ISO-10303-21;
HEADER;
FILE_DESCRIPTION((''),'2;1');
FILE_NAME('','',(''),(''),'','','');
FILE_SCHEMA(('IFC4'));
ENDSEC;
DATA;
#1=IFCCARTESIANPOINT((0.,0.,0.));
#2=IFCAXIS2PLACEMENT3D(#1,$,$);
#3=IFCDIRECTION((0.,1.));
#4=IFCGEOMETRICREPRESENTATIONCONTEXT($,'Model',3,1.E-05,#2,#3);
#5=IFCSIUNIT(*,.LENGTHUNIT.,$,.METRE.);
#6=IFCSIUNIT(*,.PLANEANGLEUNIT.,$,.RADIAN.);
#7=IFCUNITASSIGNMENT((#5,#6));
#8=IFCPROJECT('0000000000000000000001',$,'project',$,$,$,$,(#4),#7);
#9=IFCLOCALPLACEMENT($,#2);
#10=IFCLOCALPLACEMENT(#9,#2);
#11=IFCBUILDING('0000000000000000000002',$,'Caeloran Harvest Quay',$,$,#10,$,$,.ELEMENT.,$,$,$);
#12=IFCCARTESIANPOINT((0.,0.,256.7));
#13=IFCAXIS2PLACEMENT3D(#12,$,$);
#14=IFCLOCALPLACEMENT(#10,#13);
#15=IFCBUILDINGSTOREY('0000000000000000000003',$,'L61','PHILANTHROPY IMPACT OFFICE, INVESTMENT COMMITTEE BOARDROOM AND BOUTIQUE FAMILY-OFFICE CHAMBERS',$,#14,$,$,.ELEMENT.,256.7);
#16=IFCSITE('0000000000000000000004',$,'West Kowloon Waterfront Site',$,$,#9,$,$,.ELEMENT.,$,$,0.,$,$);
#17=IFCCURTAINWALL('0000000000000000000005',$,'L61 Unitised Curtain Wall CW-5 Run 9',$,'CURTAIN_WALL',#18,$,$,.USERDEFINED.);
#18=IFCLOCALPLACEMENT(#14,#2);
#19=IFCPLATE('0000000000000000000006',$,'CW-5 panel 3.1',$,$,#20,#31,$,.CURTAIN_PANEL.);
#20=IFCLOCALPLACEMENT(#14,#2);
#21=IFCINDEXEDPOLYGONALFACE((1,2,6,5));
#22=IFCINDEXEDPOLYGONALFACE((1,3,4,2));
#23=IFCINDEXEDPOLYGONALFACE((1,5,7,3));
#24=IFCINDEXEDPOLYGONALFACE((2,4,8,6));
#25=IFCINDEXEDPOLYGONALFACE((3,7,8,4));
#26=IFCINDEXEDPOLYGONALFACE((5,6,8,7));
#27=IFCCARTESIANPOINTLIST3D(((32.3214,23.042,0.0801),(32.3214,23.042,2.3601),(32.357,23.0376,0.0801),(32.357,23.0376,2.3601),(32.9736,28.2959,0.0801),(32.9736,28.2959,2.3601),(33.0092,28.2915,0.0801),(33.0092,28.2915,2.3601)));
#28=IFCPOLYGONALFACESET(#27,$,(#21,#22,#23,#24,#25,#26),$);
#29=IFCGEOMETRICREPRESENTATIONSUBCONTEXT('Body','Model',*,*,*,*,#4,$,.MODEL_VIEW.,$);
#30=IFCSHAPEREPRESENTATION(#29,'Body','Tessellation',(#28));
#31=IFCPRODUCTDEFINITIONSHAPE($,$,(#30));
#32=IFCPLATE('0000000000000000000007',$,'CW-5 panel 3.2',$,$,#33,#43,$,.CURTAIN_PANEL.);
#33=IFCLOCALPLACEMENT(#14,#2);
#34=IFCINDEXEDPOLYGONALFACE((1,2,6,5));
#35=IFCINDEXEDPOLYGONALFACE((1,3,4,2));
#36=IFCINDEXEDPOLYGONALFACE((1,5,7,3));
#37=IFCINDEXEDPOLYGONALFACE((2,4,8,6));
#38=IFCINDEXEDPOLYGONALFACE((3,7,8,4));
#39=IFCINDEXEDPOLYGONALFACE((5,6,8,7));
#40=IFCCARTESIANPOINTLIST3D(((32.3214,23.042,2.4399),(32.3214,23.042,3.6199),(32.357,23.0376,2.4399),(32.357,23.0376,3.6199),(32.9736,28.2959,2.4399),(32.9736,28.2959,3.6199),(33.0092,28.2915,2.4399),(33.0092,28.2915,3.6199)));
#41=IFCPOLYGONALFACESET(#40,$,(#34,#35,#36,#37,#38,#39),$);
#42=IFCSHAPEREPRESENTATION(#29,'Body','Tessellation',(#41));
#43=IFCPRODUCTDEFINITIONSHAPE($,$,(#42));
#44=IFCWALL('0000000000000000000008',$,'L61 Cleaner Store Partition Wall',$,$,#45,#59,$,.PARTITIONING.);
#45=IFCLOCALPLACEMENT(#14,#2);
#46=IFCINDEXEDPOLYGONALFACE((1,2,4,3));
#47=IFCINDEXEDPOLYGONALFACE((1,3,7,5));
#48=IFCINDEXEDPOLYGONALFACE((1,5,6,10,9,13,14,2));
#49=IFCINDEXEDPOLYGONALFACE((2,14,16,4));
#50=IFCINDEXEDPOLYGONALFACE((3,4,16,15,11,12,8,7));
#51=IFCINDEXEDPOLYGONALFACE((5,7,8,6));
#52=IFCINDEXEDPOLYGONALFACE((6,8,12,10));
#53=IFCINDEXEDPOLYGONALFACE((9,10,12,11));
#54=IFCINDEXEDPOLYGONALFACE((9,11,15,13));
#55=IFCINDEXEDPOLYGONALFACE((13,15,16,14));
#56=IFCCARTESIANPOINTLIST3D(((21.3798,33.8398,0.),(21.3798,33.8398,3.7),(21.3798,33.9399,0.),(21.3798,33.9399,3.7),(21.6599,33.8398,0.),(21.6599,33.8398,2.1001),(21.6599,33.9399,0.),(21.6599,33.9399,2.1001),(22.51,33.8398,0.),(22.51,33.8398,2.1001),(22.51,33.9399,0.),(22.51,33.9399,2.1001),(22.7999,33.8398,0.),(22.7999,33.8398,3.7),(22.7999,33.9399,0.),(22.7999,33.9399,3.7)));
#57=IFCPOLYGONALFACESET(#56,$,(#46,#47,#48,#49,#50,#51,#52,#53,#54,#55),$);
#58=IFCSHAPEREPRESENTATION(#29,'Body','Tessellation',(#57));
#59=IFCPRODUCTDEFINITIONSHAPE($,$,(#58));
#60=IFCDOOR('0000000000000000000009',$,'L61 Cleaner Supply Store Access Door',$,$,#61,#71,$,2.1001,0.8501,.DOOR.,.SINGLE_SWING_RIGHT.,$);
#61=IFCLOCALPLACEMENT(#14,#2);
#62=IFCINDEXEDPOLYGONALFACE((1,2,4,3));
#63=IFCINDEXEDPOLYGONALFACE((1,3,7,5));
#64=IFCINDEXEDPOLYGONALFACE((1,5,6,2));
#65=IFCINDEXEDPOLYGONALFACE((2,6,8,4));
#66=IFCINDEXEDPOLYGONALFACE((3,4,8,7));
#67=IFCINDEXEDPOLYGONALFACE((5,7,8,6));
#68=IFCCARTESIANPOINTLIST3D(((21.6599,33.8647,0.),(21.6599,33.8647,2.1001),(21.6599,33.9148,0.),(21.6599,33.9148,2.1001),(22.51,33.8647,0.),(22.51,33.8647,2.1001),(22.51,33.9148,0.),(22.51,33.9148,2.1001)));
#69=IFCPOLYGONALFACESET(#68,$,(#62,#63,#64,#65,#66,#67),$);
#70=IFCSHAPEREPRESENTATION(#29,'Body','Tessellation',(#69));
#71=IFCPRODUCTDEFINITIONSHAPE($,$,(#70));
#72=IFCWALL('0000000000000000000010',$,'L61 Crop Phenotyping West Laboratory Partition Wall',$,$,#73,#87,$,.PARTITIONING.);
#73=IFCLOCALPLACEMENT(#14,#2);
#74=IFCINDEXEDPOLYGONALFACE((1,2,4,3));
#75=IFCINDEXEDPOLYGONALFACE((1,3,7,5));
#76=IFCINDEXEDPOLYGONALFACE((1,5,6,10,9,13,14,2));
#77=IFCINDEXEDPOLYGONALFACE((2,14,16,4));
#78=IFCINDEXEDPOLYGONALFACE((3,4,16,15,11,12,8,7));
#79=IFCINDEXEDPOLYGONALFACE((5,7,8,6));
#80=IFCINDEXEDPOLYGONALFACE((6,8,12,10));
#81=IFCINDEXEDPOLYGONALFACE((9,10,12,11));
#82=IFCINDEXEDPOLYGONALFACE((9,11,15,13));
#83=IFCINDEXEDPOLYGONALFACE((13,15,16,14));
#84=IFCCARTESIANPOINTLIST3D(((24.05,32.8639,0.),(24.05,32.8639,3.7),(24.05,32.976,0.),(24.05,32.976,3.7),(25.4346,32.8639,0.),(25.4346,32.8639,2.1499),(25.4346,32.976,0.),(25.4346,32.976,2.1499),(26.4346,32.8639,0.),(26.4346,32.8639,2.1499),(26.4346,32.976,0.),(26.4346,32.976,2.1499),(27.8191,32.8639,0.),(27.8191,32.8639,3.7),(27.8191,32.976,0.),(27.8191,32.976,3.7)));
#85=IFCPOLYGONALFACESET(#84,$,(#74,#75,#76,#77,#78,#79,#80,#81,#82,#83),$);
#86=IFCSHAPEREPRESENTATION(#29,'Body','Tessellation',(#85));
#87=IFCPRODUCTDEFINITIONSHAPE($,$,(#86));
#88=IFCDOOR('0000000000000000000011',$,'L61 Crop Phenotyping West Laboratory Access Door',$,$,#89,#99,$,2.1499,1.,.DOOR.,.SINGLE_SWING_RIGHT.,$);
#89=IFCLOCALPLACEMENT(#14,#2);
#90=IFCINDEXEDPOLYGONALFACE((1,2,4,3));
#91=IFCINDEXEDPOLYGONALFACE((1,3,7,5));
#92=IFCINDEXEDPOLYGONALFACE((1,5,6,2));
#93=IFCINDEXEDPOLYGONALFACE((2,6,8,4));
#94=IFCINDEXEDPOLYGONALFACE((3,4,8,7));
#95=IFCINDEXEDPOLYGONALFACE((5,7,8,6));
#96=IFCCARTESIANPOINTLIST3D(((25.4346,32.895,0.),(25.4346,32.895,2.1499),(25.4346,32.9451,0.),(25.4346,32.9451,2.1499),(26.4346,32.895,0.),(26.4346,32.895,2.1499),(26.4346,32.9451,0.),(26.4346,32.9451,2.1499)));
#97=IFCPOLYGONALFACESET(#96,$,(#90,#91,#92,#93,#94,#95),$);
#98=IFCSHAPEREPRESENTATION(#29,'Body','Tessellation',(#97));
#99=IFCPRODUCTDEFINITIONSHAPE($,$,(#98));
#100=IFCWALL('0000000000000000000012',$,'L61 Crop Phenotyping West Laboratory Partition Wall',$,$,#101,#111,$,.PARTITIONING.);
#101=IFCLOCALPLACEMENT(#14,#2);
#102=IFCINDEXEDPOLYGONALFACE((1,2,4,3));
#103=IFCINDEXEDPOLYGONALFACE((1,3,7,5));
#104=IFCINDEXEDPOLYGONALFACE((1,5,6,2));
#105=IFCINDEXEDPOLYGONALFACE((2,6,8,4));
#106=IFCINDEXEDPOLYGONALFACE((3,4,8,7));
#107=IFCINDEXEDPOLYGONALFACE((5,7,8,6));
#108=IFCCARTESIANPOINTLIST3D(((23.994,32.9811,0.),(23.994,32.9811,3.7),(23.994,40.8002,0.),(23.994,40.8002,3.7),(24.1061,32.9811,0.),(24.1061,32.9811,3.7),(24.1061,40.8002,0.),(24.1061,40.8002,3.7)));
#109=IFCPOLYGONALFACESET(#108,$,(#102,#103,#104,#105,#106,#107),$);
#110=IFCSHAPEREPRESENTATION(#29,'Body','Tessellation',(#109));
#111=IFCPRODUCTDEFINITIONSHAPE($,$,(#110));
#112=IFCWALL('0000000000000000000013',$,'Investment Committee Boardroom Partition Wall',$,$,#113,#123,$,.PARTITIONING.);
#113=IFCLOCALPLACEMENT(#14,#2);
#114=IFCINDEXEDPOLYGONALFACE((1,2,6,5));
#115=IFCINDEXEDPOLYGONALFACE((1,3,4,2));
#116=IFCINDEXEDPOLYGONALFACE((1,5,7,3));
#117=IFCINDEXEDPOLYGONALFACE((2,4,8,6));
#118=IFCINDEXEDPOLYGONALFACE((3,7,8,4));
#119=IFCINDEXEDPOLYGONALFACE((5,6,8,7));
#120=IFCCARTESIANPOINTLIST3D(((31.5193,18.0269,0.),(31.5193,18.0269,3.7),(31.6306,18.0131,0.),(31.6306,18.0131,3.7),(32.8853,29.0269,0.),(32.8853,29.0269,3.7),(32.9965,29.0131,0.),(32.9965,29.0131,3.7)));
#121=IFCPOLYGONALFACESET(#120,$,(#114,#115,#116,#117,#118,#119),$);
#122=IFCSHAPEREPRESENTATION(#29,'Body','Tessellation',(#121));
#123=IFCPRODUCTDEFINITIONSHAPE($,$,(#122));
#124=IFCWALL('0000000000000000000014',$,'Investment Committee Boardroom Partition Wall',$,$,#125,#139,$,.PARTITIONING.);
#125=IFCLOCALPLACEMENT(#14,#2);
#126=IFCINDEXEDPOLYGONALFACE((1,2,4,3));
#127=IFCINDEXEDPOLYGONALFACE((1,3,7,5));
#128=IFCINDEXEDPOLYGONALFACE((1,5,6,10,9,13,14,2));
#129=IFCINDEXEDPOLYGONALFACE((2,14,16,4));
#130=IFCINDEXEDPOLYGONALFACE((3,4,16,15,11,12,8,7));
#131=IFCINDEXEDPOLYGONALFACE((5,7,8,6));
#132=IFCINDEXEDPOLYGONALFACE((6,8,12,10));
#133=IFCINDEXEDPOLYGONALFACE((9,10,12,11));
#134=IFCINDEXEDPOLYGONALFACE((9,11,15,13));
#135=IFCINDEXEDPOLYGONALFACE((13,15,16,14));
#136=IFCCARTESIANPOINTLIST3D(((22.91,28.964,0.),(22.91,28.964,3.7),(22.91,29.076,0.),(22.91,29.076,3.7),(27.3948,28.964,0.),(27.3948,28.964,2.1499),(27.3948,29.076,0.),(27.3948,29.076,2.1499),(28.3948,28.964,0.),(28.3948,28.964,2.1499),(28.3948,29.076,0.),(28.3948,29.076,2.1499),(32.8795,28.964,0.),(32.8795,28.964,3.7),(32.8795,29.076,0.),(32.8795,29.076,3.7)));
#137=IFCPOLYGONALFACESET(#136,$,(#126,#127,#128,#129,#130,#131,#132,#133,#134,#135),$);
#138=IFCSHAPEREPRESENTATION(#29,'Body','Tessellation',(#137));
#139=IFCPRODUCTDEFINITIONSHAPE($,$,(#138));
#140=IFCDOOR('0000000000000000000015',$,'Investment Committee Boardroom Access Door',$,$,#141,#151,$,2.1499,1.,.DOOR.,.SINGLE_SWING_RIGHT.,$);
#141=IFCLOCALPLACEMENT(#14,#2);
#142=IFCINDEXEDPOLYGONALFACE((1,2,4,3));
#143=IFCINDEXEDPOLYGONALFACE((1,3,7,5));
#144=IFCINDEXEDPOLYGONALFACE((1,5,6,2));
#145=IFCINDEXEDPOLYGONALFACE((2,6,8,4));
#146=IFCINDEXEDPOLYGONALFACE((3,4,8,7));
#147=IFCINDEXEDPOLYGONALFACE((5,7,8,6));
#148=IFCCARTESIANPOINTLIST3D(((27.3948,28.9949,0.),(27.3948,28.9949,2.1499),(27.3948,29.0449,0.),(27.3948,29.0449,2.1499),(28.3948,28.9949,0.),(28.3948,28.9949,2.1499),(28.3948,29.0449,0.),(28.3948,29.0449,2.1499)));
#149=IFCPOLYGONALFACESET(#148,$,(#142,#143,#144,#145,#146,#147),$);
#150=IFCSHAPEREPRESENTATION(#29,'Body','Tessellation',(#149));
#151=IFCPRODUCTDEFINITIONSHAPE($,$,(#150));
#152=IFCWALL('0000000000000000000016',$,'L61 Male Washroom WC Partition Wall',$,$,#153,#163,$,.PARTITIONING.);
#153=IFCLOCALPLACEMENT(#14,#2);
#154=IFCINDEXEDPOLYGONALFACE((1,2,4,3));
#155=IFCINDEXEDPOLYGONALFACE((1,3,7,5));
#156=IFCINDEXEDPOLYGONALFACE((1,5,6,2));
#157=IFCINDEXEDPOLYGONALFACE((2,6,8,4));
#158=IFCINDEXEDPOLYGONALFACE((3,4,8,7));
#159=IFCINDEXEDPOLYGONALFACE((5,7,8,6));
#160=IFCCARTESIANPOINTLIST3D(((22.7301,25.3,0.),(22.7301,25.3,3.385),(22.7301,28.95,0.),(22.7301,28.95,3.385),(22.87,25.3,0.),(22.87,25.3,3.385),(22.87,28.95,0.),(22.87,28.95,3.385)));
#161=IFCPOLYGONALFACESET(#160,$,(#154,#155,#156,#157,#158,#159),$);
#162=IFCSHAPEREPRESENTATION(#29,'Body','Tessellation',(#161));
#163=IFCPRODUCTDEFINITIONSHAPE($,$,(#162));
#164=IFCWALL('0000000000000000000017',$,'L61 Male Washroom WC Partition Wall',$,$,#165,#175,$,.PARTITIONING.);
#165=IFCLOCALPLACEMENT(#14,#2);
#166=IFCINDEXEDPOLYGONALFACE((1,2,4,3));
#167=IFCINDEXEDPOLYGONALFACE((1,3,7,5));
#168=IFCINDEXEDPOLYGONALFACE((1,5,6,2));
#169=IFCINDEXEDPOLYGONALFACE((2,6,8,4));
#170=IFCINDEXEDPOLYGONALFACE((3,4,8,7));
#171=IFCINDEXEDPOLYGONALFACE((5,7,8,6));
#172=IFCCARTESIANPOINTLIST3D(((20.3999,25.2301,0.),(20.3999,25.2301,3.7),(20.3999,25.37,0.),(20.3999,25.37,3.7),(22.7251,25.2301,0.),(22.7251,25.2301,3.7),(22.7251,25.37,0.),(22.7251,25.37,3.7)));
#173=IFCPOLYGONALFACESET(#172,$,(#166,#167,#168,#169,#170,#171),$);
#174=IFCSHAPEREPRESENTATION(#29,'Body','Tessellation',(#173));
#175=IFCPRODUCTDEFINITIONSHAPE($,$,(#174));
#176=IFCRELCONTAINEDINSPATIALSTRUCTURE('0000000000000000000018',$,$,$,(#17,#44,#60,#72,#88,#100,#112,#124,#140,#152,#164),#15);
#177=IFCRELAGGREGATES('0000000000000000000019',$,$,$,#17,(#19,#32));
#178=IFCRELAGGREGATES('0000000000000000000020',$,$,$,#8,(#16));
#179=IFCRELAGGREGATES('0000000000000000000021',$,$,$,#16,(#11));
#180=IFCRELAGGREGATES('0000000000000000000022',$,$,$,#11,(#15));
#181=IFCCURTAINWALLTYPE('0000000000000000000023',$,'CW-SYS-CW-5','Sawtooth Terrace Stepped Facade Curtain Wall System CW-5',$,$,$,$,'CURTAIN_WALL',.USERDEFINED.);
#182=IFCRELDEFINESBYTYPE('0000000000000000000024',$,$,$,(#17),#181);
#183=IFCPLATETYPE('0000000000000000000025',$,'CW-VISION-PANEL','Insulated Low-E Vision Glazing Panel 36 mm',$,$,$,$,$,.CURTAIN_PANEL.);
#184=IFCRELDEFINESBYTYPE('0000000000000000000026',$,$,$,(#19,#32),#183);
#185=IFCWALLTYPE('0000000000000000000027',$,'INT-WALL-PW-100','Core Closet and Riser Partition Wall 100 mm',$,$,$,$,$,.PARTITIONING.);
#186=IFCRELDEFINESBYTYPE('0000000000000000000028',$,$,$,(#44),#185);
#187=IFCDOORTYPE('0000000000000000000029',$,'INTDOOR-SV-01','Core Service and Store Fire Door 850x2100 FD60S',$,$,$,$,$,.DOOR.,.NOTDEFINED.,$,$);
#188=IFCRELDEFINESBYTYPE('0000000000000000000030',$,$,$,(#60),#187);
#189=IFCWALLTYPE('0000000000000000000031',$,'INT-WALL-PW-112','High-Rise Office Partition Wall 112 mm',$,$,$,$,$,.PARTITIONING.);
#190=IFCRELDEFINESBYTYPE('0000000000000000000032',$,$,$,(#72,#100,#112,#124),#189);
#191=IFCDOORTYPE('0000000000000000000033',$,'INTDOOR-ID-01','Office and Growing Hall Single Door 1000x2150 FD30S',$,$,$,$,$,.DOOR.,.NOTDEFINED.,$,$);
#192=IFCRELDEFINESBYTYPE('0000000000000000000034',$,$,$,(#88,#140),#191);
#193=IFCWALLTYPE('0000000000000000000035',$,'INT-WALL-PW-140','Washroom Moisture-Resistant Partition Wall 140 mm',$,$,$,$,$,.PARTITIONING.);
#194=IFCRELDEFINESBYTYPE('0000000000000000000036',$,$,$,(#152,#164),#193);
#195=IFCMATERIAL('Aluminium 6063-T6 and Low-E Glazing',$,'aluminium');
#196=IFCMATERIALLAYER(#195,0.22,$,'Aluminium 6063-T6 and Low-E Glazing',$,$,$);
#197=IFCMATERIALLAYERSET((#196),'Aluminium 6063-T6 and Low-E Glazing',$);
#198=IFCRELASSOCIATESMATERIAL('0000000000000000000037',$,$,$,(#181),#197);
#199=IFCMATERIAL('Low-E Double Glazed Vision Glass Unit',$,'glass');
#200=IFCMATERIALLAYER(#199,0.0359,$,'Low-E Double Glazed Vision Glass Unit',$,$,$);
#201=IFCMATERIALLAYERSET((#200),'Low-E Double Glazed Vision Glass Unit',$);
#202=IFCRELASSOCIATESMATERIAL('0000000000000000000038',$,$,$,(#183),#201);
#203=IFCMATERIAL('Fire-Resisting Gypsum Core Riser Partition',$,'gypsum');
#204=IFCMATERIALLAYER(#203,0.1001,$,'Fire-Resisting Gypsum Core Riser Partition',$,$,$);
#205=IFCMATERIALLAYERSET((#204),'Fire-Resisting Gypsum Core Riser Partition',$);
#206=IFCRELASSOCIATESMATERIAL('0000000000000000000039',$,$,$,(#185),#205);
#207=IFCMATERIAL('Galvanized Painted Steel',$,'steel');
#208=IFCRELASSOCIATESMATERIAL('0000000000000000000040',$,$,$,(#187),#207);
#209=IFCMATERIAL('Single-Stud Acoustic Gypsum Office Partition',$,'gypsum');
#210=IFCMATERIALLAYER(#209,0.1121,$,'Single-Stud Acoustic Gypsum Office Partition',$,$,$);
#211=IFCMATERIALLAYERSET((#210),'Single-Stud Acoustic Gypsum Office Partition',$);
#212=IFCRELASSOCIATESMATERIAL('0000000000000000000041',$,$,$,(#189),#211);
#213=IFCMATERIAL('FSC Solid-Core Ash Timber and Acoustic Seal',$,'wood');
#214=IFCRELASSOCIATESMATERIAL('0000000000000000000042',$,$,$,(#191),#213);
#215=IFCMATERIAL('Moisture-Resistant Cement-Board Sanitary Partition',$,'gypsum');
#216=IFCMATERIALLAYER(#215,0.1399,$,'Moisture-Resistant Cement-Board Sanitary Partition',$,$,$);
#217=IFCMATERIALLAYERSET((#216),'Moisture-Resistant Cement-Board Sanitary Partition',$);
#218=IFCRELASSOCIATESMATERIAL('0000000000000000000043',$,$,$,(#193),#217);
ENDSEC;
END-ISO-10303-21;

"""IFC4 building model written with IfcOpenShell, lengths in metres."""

from ifc_helpers import new_model, si_unit, direction, frame, frame_2d, origin, origin_2d, place, context, subcontext, project, spatial, rectangle, extrude, material, layer, layer_set, type_object, element, fill, aggregate, save


model = new_model("IFC4")

# Units and contexts
model_context = context("Model", 3, precision=1e-05, world=origin(), true_north=direction((0.0, 1.0)))
body_context = subcontext(model_context, "Body", "Model", "MODEL_VIEW")
ifc_project = project(units=[si_unit("LENGTHUNIT", "METRE"), si_unit("PLANEANGLEUNIT", "RADIAN")], contexts=[model_context])

# Site, building, storey
site_placement = place(None, origin())
site = spatial("IfcSite", under=ifc_project, at=site_placement, Name="West Kowloon Waterfront Site", CompositionType="ELEMENT", RefElevation=0.0)
building_placement = place(site_placement, origin())
building = spatial("IfcBuilding", under=site, at=building_placement, Name="Caeloran Harvest Quay", CompositionType="ELEMENT")
storey_placement = place(building_placement, frame((0.0, 0.0, 256.7)))
storey = spatial("IfcBuildingStorey", under=building, at=storey_placement, Name="L61", Description="PHILANTHROPY IMPACT OFFICE, INVESTMENT COMMITTEE BOARDROOM AND BOUTIQUE FAMILY-OFFICE CHAMBERS", CompositionType="ELEMENT", Elevation=256.7)

# Curtain wall, plates
ifc_material_1 = material(Name="Aluminium 6063-T6 and Low-E Glazing", Category="aluminium")
ifc_layer_1 = layer(ifc_material_1, 0.22, Name="Aluminium 6063-T6 and Low-E Glazing")
ifc_layer_set_1 = layer_set([ifc_layer_1], Name="Aluminium 6063-T6 and Low-E Glazing")
curtain_wall_type = type_object("IfcCurtainWallType", Name="CW-SYS-CW-5", Description="Sawtooth Terrace Stepped Facade Curtain Wall System CW-5", ElementType="CURTAIN_WALL", PredefinedType="USERDEFINED", material=ifc_layer_set_1)
curtain_wall_placement = place(storey_placement, origin())
curtain_wall = element("IfcCurtainWall", 1, at=curtain_wall_placement, inside=storey, type_object=curtain_wall_type, Name="L61 Unitised Curtain Wall CW-5 Run 9", ObjectType="CURTAIN_WALL", PredefinedType="USERDEFINED")
ifc_material_2 = material(Name="Low-E Double Glazed Vision Glass Unit", Category="glass")
ifc_layer_2 = layer(ifc_material_2, 0.0359, Name="Low-E Double Glazed Vision Glass Unit")
ifc_layer_set_2 = layer_set([ifc_layer_2], Name="Low-E Double Glazed Vision Glass Unit")
plate_type = type_object("IfcPlateType", Name="CW-VISION-PANEL", Description="Insulated Low-E Vision Glazing Panel 36 mm", PredefinedType="CURTAIN_PANEL", material=ifc_layer_set_2)
plate_1_placement = place(storey_placement, frame((32.6653, 25.6667, 0.0801), z_axis=(0.0, 0.0, 1.0), x_axis=(-0.12319, -0.992383, 0.0)))
plate_1 = element("IfcPlate", 2, at=plate_1_placement, type_object=plate_type, Name="CW-5 panel 3.1", PredefinedType="CURTAIN_PANEL", context=body_context, shape_type="SweptSolid", body=[
    extrude(rectangle(XDim=5.2942, YDim=0.0359, at=origin_2d()), origin(), (0.0, 0.0, 1.0), 2.28),
])
plate_2_placement = place(storey_placement, frame((32.6653, 25.6667, 2.4399), z_axis=(0.0, 0.0, 1.0), x_axis=(-0.12319, -0.992383, 0.0)))
plate_2 = element("IfcPlate", 3, at=plate_2_placement, type_object=plate_type, Name="CW-5 panel 3.2", PredefinedType="CURTAIN_PANEL", context=body_context, shape_type="SweptSolid", body=[
    extrude(rectangle(XDim=5.2942, YDim=0.0359, at=origin_2d()), origin(), (0.0, 0.0, 1.0), 1.1799),
])
aggregate(curtain_wall, [plate_1, plate_2])

# Walls, openings, doors
ifc_material_3 = material(Name="Fire-Resisting Gypsum Core Riser Partition", Category="gypsum")
ifc_layer_3 = layer(ifc_material_3, 0.1001, Name="Fire-Resisting Gypsum Core Riser Partition")
ifc_layer_set_3 = layer_set([ifc_layer_3], Name="Fire-Resisting Gypsum Core Riser Partition")
wall_type_1 = type_object("IfcWallType", Name="INT-WALL-PW-100", Description="Core Closet and Riser Partition Wall 100 mm", PredefinedType="PARTITIONING", material=ifc_layer_set_3)
wall_1_placement = place(storey_placement, frame((21.3799, 33.8899, 0.0), z_axis=(0.0, 0.0, 1.0), x_axis=(1.0, 0.0, 0.0)))
wall_1 = element("IfcWall", 4, at=wall_1_placement, inside=storey, type_object=wall_type_1, Name="L61 Cleaner Store Partition Wall", PredefinedType="PARTITIONING", context=body_context, shape_type="SweptSolid", body=[
    extrude(rectangle(XDim=1.4202, YDim=0.1001, at=frame_2d((0.71, 0.0))), origin(), (0.0, 0.0, 1.0), 3.7),
])
opening_1_placement = place(wall_1_placement, frame((0.28, 0.0, 0.0)))
opening_1 = element("IfcOpeningElement", 5, at=opening_1_placement, cuts=wall_1, PredefinedType="OPENING", context=body_context, shape_type="SweptSolid", body=[
    extrude(rectangle(XDim=0.8501, YDim=2.1001, at=frame_2d((0.425, 1.05))), frame((0.0, 0.0601, 0.0), z_axis=(0.0, -1.0, 0.0), x_axis=(1.0, 0.0, 0.0)), (0.0, 0.0, 1.0), 0.1201),
])
ifc_material_4 = material(Name="Galvanized Painted Steel", Category="steel")
door_type_1 = type_object("IfcDoorType", Name="INTDOOR-SV-01", Description="Core Service and Store Fire Door 850x2100 FD60S", OperationType="NOTDEFINED", PredefinedType="DOOR", material=ifc_material_4)
door_1_placement = place(opening_1_placement, origin())
door_1 = element("IfcDoor", 6, at=door_1_placement, inside=storey, type_object=door_type_1, Name="L61 Cleaner Supply Store Access Door", OperationType="SINGLE_SWING_RIGHT", OverallHeight=2.1001, OverallWidth=0.8501, PredefinedType="DOOR", context=body_context, shape_type="SweptSolid", body=[
    extrude(rectangle(XDim=0.8501, YDim=2.1001, at=frame_2d((0.425, 1.05))), frame((0.0, 0.0249, 0.0), z_axis=(0.0, -1.0, 0.0), x_axis=(1.0, 0.0, 0.0)), (0.0, 0.0, 1.0), 0.05),
])
fill(opening_1, door_1)
ifc_material_5 = material(Name="Single-Stud Acoustic Gypsum Office Partition", Category="gypsum")
ifc_layer_4 = layer(ifc_material_5, 0.1121, Name="Single-Stud Acoustic Gypsum Office Partition")
ifc_layer_set_4 = layer_set([ifc_layer_4], Name="Single-Stud Acoustic Gypsum Office Partition")
wall_type_2 = type_object("IfcWallType", Name="INT-WALL-PW-112", Description="High-Rise Office Partition Wall 112 mm", PredefinedType="PARTITIONING", material=ifc_layer_set_4)
wall_2_placement = place(storey_placement, frame((27.8191, 32.9199, 0.0), z_axis=(0.0, 0.0, 1.0), x_axis=(-1.0, 0.0, 0.0)))
wall_2 = element("IfcWall", 7, at=wall_2_placement, inside=storey, type_object=wall_type_2, Name="L61 Crop Phenotyping West Laboratory Partition Wall", PredefinedType="PARTITIONING", context=body_context, shape_type="SweptSolid", body=[
    extrude(rectangle(XDim=3.769, YDim=0.1121, at=frame_2d((1.8845, 0.0))), origin(), (0.0, 0.0, 1.0), 3.7),
])
opening_2_placement = place(wall_2_placement, frame((1.3845, 0.0, 0.0)))
opening_2 = element("IfcOpeningElement", 8, at=opening_2_placement, cuts=wall_2, PredefinedType="OPENING", context=body_context, shape_type="SweptSolid", body=[
    extrude(rectangle(XDim=1.0, YDim=2.1499, at=frame_2d((0.5, 1.075))), frame((0.0, 0.0659, 0.0), z_axis=(0.0, -1.0, 0.0), x_axis=(1.0, 0.0, 0.0)), (0.0, 0.0, 1.0), 0.1321),
])
ifc_material_6 = material(Name="FSC Solid-Core Ash Timber and Acoustic Seal", Category="wood")
door_type_2 = type_object("IfcDoorType", Name="INTDOOR-ID-01", Description="Office and Growing Hall Single Door 1000x2150 FD30S", OperationType="NOTDEFINED", PredefinedType="DOOR", material=ifc_material_6)
door_2_placement = place(opening_2_placement, origin())
door_2 = element("IfcDoor", 9, at=door_2_placement, inside=storey, type_object=door_type_2, Name="L61 Crop Phenotyping West Laboratory Access Door", OperationType="SINGLE_SWING_RIGHT", OverallHeight=2.1499, OverallWidth=1.0, PredefinedType="DOOR", context=body_context, shape_type="SweptSolid", body=[
    extrude(rectangle(XDim=1.0, YDim=2.1499, at=frame_2d((0.5, 1.075))), frame((0.0, 0.0249, 0.0), z_axis=(0.0, -1.0, 0.0), x_axis=(1.0, 0.0, 0.0)), (0.0, 0.0, 1.0), 0.05),
])
fill(opening_2, door_2)

# Wall
wall_3_placement = place(storey_placement, frame((24.05, 32.981, 0.0), z_axis=(0.0, 0.0, 1.0), x_axis=(0.0, 1.0, 0.0)))
element("IfcWall", 10, at=wall_3_placement, inside=storey, type_object=wall_type_2, Name="L61 Crop Phenotyping West Laboratory Partition Wall", PredefinedType="PARTITIONING", context=body_context, shape_type="SweptSolid", body=[
    extrude(rectangle(XDim=7.8191, YDim=0.1121, at=frame_2d((3.9097, 0.0))), origin(), (0.0, 0.0, 1.0), 3.7),
])

# Wall
wall_4_placement = place(storey_placement, frame((32.9409, 29.02, 0.0), z_axis=(0.0, 0.0, 1.0), x_axis=(-0.123232, -0.992378, 0.0)))
element("IfcWall", 11, at=wall_4_placement, inside=storey, type_object=wall_type_2, Name="Investment Committee Boardroom Partition Wall", PredefinedType="PARTITIONING", context=body_context, shape_type="SweptSolid", body=[
    extrude(rectangle(XDim=11.0845, YDim=0.1121, at=frame_2d((5.5422, 0.0))), origin(), (0.0, 0.0, 1.0), 3.7),
])

# Wall, opening, door
wall_5_placement = place(storey_placement, frame((22.9099, 29.02, 0.0), z_axis=(0.0, 0.0, 1.0), x_axis=(1.0, 0.0, 0.0)))
wall_5 = element("IfcWall", 12, at=wall_5_placement, inside=storey, type_object=wall_type_2, Name="Investment Committee Boardroom Partition Wall", PredefinedType="PARTITIONING", context=body_context, shape_type="SweptSolid", body=[
    extrude(rectangle(XDim=9.9695, YDim=0.1121, at=frame_2d((4.9849, 0.0))), origin(), (0.0, 0.0, 1.0), 3.7),
])
opening_3_placement = place(wall_5_placement, frame((4.4849, 0.0, 0.0)))
opening_3 = element("IfcOpeningElement", 13, at=opening_3_placement, cuts=wall_5, PredefinedType="OPENING", context=body_context, shape_type="SweptSolid", body=[
    extrude(rectangle(XDim=1.0, YDim=2.1499, at=frame_2d((0.5, 1.075))), frame((0.0, 0.0659, 0.0), z_axis=(0.0, -1.0, 0.0), x_axis=(1.0, 0.0, 0.0)), (0.0, 0.0, 1.0), 0.1321),
])
door_3_placement = place(opening_3_placement, origin())
door_3 = element("IfcDoor", 14, at=door_3_placement, inside=storey, type_object=door_type_2, Name="Investment Committee Boardroom Access Door", OperationType="SINGLE_SWING_RIGHT", OverallHeight=2.1499, OverallWidth=1.0, PredefinedType="DOOR", context=body_context, shape_type="SweptSolid", body=[
    extrude(rectangle(XDim=1.0, YDim=2.1499, at=frame_2d((0.5, 1.075))), frame((0.0, 0.0249, 0.0), z_axis=(0.0, -1.0, 0.0), x_axis=(1.0, 0.0, 0.0)), (0.0, 0.0, 1.0), 0.05),
])
fill(opening_3, door_3)

# Walls
ifc_material_7 = material(Name="Moisture-Resistant Cement-Board Sanitary Partition", Category="gypsum")
ifc_layer_5 = layer(ifc_material_7, 0.1399, Name="Moisture-Resistant Cement-Board Sanitary Partition")
ifc_layer_set_5 = layer_set([ifc_layer_5], Name="Moisture-Resistant Cement-Board Sanitary Partition")
wall_type_3 = type_object("IfcWallType", Name="INT-WALL-PW-140", Description="Washroom Moisture-Resistant Partition Wall 140 mm", PredefinedType="PARTITIONING", material=ifc_layer_set_5)
wall_6_placement = place(storey_placement, frame((22.8, 28.95, 0.0), z_axis=(0.0, 0.0, 1.0), x_axis=(0.0, -1.0, 0.0)))
element("IfcWall", 15, at=wall_6_placement, inside=storey, type_object=wall_type_3, Name="L61 Male Washroom WC Partition Wall", PredefinedType="PARTITIONING", context=body_context, shape_type="SweptSolid", body=[
    extrude(rectangle(XDim=3.6499, YDim=0.1399, at=frame_2d((1.825, 0.0))), origin(), (0.0, 0.0, 1.0), 3.385),
])
wall_7_placement = place(storey_placement, frame((22.7251, 25.3, 0.0), z_axis=(0.0, 0.0, 1.0), x_axis=(-1.0, 0.0, 0.0)))
element("IfcWall", 16, at=wall_7_placement, inside=storey, type_object=wall_type_3, Name="L61 Male Washroom WC Partition Wall", PredefinedType="PARTITIONING", context=body_context, shape_type="SweptSolid", body=[
    extrude(rectangle(XDim=2.3252, YDim=0.1399, at=frame_2d((1.1626, 0.0))), origin(), (0.0, 0.0, 1.0), 3.7),
])

save(model, "model.ifc")
